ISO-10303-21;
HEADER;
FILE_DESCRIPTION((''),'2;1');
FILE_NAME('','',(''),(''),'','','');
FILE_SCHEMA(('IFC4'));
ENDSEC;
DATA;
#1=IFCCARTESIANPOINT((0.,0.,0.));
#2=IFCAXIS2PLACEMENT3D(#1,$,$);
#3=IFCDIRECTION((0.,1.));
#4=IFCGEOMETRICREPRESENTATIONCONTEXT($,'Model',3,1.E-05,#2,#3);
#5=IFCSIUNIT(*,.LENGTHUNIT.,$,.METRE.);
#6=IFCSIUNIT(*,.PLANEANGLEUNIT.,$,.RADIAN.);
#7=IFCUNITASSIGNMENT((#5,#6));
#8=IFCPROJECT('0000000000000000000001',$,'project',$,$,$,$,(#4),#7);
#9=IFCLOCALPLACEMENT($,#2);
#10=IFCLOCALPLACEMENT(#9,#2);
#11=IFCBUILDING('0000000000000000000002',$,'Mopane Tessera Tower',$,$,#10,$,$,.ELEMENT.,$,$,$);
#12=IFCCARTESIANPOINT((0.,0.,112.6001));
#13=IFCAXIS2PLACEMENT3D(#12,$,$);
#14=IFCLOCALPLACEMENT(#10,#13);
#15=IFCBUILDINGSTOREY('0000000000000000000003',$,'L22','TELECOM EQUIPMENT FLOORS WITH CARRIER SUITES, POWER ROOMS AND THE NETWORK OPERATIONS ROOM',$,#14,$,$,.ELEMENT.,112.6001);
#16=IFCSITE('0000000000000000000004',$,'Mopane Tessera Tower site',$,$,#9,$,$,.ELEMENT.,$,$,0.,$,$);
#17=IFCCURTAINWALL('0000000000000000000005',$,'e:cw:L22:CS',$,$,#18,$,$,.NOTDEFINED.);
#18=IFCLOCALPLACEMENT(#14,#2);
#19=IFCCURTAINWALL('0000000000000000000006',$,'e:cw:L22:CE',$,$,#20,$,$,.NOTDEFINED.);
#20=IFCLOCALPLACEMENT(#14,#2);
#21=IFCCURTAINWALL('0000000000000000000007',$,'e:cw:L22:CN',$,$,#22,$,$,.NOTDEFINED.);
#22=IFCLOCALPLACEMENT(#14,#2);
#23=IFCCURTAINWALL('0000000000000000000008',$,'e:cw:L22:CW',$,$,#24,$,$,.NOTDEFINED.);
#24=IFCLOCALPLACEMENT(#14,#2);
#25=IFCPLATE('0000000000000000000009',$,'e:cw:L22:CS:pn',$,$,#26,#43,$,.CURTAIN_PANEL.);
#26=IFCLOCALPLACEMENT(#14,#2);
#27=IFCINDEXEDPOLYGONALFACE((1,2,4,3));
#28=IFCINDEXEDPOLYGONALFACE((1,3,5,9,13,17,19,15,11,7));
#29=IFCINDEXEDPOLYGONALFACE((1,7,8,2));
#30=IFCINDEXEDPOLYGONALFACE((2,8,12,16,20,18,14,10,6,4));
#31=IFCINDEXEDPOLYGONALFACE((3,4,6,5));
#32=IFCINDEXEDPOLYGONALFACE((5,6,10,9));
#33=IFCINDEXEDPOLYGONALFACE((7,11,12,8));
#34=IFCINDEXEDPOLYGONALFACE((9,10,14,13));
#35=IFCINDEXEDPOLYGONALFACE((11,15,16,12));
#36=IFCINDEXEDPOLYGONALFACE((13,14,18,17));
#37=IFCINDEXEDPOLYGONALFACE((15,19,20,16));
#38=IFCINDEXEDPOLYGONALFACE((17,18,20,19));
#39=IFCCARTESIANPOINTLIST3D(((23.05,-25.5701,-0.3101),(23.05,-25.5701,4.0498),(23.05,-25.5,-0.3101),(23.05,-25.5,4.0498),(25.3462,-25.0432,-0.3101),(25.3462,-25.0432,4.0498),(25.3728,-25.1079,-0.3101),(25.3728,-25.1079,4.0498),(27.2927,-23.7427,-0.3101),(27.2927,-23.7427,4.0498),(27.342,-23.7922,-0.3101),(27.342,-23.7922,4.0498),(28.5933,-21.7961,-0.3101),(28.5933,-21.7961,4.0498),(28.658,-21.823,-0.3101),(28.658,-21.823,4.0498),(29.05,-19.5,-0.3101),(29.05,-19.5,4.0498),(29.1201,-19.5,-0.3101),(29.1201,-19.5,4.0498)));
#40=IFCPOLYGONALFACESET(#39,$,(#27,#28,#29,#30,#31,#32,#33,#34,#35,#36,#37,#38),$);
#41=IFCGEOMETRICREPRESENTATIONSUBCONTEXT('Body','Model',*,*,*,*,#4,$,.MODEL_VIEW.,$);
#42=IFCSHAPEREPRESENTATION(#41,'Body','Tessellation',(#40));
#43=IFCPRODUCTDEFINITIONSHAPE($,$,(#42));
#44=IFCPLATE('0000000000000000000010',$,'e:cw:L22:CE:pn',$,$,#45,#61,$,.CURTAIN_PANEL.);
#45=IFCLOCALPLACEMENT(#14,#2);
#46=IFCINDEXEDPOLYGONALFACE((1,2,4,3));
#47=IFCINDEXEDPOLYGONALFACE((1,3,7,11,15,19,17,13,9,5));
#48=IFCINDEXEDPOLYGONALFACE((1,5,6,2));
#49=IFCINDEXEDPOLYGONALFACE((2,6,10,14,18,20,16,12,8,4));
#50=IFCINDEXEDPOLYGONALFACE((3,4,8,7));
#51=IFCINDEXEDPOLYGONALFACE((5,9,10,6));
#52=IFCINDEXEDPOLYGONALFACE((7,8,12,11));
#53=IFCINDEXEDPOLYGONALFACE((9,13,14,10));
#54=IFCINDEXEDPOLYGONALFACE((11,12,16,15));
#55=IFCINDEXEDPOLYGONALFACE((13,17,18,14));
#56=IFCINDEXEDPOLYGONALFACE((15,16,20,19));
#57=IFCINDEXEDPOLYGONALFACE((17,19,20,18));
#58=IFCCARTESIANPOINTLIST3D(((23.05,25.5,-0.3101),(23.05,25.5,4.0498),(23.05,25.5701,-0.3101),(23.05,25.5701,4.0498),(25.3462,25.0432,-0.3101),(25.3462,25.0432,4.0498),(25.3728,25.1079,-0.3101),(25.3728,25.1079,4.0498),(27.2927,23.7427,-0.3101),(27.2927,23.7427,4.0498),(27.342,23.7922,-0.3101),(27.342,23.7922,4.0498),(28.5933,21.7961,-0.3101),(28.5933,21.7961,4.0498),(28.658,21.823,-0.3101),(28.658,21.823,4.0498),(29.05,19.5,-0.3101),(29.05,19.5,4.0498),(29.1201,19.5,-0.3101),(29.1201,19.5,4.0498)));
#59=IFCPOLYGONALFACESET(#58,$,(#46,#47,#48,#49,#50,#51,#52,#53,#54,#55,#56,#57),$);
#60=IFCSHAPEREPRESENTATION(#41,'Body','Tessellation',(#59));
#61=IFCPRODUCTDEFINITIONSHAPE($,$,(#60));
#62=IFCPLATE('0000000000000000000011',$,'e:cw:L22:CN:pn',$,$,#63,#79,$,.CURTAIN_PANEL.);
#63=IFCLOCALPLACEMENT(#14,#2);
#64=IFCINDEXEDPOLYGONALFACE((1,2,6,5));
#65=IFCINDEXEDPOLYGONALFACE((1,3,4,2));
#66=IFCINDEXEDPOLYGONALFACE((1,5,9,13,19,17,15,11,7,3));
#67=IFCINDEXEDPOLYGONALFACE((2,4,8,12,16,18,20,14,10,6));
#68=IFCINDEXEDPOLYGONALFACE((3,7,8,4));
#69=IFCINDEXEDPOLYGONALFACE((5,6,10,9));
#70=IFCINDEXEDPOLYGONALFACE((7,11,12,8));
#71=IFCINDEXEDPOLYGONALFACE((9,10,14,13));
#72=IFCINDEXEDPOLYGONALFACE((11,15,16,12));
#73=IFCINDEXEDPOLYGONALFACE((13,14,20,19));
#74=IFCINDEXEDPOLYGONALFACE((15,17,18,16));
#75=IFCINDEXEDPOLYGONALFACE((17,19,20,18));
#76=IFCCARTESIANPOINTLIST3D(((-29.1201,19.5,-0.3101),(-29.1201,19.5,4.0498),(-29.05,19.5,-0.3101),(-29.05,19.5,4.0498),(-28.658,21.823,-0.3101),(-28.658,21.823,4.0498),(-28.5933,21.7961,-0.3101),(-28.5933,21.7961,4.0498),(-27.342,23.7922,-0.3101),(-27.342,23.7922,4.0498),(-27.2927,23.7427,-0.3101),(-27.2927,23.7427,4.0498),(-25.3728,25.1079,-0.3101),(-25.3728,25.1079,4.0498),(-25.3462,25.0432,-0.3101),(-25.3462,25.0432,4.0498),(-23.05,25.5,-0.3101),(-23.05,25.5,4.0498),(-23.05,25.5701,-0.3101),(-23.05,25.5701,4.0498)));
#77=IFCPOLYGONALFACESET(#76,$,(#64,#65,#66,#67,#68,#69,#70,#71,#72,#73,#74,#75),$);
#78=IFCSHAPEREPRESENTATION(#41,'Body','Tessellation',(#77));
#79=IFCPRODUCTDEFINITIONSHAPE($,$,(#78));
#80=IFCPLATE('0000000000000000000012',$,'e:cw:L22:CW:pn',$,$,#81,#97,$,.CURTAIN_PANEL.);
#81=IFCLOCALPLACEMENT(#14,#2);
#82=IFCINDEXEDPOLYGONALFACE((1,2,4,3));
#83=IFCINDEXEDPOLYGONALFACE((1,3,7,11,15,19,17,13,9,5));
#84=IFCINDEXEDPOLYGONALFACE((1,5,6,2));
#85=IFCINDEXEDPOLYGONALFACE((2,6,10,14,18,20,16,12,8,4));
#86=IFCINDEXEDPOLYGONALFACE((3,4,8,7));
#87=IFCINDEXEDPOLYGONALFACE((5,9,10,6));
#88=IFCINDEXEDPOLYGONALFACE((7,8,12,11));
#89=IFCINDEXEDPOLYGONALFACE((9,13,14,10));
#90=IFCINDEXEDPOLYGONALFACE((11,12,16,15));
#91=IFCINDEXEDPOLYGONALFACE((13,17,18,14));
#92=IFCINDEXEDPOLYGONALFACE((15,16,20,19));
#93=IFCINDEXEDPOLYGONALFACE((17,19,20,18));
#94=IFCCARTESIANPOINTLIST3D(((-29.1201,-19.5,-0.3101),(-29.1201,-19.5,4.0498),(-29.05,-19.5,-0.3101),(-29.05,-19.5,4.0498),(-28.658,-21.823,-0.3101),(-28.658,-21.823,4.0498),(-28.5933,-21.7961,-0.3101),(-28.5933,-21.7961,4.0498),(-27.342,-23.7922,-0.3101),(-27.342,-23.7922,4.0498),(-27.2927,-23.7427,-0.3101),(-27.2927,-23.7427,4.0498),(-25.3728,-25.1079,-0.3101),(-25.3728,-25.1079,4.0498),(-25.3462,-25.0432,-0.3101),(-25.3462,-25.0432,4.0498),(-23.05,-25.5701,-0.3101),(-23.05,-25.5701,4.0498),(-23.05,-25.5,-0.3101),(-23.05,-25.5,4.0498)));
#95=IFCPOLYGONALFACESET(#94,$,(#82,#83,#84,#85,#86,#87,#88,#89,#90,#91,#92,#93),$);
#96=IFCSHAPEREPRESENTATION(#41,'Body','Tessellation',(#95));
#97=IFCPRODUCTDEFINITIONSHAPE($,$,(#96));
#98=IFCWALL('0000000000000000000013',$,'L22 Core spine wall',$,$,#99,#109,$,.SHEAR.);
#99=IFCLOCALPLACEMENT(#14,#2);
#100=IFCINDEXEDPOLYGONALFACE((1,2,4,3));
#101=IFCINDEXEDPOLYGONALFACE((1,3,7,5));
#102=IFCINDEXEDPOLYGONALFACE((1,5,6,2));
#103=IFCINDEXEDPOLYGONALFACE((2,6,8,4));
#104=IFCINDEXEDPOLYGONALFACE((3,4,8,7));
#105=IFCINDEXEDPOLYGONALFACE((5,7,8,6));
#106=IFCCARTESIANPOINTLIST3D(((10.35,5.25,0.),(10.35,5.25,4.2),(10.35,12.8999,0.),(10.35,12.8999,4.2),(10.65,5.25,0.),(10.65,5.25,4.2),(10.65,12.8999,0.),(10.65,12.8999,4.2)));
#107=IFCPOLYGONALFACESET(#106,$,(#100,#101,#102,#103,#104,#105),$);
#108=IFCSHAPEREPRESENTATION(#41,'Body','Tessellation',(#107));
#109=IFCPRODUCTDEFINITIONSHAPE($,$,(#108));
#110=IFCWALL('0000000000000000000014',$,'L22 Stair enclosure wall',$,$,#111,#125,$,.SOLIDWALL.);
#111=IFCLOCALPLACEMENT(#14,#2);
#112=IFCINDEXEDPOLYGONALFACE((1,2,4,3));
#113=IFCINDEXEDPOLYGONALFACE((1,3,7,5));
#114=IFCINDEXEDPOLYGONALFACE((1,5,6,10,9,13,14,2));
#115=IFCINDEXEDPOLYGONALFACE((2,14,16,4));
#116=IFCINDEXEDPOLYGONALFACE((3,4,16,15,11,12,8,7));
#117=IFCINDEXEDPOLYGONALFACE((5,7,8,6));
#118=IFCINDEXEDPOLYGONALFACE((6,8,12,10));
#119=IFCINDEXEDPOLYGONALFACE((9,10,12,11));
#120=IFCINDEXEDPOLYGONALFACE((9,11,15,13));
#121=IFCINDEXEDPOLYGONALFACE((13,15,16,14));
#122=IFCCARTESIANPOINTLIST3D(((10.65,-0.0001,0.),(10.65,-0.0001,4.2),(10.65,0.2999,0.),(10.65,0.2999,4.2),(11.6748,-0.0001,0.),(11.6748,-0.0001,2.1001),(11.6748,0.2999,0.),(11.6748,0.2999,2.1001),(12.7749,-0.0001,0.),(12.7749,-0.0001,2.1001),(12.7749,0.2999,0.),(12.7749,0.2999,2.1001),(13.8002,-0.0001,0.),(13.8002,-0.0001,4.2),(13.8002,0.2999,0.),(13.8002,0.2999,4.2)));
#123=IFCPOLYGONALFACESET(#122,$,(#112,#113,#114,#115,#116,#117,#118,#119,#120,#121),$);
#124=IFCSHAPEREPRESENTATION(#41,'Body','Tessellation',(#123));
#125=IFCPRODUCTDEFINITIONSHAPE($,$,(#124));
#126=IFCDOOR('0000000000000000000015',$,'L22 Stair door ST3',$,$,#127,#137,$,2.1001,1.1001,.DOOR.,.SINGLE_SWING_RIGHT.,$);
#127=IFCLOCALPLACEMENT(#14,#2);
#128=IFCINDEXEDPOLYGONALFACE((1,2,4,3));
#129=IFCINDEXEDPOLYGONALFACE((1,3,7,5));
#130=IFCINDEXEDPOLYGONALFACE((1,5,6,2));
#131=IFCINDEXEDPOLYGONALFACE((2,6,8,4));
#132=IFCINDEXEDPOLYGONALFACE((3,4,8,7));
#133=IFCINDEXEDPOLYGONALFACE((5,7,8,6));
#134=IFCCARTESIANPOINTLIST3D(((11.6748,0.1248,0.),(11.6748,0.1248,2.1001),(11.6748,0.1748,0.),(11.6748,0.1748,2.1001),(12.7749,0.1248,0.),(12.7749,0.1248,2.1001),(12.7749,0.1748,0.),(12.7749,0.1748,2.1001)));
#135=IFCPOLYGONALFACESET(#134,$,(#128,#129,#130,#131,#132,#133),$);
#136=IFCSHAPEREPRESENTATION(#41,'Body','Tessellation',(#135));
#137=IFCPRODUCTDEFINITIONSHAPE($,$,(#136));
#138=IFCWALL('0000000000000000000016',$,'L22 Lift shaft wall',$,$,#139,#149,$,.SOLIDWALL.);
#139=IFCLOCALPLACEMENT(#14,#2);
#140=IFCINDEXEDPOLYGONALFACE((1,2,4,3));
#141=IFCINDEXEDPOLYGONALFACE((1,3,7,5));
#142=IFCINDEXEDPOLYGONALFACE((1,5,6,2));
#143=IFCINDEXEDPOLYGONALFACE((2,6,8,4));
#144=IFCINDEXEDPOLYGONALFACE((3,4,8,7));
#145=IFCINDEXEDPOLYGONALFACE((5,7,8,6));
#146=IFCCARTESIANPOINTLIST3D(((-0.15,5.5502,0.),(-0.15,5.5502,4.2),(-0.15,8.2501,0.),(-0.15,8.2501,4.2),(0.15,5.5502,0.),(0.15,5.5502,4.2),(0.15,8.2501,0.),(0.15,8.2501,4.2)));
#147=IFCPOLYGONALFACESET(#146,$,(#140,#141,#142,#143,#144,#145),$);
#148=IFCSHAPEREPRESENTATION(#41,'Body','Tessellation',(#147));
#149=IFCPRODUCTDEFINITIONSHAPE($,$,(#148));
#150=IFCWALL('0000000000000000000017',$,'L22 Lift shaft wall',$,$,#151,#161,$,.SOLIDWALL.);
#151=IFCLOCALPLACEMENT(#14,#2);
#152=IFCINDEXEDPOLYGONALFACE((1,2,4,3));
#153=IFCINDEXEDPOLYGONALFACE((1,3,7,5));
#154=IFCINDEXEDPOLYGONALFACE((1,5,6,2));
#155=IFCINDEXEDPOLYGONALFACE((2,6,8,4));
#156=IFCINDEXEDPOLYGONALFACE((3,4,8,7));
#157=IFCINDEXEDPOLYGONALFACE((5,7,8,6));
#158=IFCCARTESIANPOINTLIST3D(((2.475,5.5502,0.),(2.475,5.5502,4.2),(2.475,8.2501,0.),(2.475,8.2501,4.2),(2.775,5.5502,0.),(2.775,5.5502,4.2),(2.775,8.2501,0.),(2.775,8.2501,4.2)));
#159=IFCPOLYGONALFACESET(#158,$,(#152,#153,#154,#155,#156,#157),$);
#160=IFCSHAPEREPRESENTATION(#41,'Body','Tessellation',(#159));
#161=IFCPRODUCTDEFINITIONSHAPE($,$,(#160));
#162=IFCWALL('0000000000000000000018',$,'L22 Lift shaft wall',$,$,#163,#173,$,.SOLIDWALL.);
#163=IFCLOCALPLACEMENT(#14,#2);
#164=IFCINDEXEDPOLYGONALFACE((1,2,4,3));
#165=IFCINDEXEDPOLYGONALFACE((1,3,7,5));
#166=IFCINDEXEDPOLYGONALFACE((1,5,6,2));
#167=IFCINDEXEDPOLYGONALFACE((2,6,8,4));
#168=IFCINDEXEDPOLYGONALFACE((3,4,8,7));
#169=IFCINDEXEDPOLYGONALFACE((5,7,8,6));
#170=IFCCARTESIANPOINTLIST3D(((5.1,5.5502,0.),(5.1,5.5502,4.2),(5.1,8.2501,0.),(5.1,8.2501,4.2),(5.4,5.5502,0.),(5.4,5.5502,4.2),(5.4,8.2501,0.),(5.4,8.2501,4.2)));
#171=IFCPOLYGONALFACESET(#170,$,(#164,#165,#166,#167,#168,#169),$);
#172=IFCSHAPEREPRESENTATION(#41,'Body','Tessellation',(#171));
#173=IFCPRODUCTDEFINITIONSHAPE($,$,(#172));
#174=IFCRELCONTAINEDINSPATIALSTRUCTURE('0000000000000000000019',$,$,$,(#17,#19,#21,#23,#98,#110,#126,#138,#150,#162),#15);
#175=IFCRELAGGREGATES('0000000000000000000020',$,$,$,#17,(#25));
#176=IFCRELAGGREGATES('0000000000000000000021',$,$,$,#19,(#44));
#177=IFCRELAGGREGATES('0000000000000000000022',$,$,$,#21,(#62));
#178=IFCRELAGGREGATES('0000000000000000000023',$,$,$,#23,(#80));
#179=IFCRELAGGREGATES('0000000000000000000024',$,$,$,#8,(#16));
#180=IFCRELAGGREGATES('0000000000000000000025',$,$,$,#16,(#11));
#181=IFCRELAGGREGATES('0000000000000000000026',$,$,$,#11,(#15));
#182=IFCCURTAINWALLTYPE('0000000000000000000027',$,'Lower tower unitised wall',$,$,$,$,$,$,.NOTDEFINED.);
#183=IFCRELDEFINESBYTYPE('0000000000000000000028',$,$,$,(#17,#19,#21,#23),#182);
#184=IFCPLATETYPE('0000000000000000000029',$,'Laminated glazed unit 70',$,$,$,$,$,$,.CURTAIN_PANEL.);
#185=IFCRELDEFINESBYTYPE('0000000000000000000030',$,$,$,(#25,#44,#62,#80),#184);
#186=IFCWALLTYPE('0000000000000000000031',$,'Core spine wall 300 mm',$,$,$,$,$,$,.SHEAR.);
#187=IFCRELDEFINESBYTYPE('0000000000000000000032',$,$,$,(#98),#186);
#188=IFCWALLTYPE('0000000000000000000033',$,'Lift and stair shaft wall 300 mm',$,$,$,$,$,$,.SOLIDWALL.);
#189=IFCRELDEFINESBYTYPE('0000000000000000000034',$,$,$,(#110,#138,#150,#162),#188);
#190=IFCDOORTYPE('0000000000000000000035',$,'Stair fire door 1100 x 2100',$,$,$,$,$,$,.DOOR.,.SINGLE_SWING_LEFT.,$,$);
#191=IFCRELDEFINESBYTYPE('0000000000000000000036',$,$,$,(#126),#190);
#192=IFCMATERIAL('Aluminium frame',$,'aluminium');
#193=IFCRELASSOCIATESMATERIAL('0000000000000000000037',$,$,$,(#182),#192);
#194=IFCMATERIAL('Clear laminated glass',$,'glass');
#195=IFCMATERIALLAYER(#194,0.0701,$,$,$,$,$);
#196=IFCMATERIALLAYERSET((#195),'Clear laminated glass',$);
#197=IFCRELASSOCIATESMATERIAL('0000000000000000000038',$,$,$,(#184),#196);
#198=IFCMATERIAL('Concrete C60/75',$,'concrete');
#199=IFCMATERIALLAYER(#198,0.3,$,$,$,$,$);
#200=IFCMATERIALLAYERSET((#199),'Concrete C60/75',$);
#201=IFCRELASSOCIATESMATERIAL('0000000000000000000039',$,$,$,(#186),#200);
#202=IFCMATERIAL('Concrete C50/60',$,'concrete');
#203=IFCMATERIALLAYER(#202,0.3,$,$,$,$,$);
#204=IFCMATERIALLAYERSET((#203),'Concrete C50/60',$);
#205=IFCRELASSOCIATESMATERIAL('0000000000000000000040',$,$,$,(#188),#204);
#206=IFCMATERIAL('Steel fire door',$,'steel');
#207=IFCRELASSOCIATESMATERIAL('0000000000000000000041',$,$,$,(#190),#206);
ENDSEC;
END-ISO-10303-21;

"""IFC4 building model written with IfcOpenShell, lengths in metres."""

from ifc_helpers import new_model, si_unit, direction, frame, frame_2d, origin, place, context, subcontext, project, spatial, polyline, rectangle, outline, extrude, material, layer, layer_set, type_object, element, fill, aggregate, save


model = new_model("IFC4")

# Units and contexts
model_context = context("Model", 3, precision=1e-05, world=origin(), true_north=direction((0.0, 1.0)))
body_context = subcontext(model_context, "Body", "Model", "MODEL_VIEW")
ifc_project = project(units=[si_unit("LENGTHUNIT", "METRE"), si_unit("PLANEANGLEUNIT", "RADIAN")], contexts=[model_context])

# Site, building, storey
site_placement = place(None, origin())
site = spatial("IfcSite", under=ifc_project, at=site_placement, Name="Mopane Tessera Tower site", CompositionType="ELEMENT", RefElevation=0.0)
building_placement = place(site_placement, origin())
building = spatial("IfcBuilding", under=site, at=building_placement, Name="Mopane Tessera Tower", CompositionType="ELEMENT")
storey_placement = place(building_placement, frame((0.0, 0.0, 112.6001)))
storey = spatial("IfcBuildingStorey", under=building, at=storey_placement, Name="L22", Description="TELECOM EQUIPMENT FLOORS WITH CARRIER SUITES, POWER ROOMS AND THE NETWORK OPERATIONS ROOM", CompositionType="ELEMENT", Elevation=112.6001)

# Curtain walls
ifc_material_1 = material(Name="Aluminium frame", Category="aluminium")
curtain_wall_type = type_object("IfcCurtainWallType", Name="Lower tower unitised wall", PredefinedType="NOTDEFINED", material=ifc_material_1)
curtain_wall_1_placement = place(storey_placement, origin())
curtain_wall_1 = element("IfcCurtainWall", 1, at=curtain_wall_1_placement, inside=storey, type_object=curtain_wall_type, Name="e:cw:L22:CS", PredefinedType="NOTDEFINED")
curtain_wall_2_placement = place(storey_placement, origin())
curtain_wall_2 = element("IfcCurtainWall", 2, at=curtain_wall_2_placement, inside=storey, type_object=curtain_wall_type, Name="e:cw:L22:CE", PredefinedType="NOTDEFINED")
curtain_wall_3_placement = place(storey_placement, origin())
curtain_wall_3 = element("IfcCurtainWall", 3, at=curtain_wall_3_placement, inside=storey, type_object=curtain_wall_type, Name="e:cw:L22:CN", PredefinedType="NOTDEFINED")
curtain_wall_4_placement = place(storey_placement, origin())
curtain_wall_4 = element("IfcCurtainWall", 4, at=curtain_wall_4_placement, inside=storey, type_object=curtain_wall_type, Name="e:cw:L22:CW", PredefinedType="NOTDEFINED")

# Plates
ifc_material_2 = material(Name="Clear laminated glass", Category="glass")
ifc_layer_1 = layer(ifc_material_2, 0.0701)
ifc_layer_set_1 = layer_set([ifc_layer_1], Name="Clear laminated glass")
plate_type = type_object("IfcPlateType", Name="Laminated glazed unit 70", PredefinedType="CURTAIN_PANEL", material=ifc_layer_set_1)
plate_1_placement = place(storey_placement, frame((0.0, 0.0, -0.3101)))
plate_1 = element("IfcPlate", 5, at=plate_1_placement, type_object=plate_type, Name="e:cw:L22:CS:pn", PredefinedType="CURTAIN_PANEL", context=body_context, shape_type="SweptSolid", body=[
    extrude(outline(polyline([(23.05, -25.5), (25.3462, -25.0432), (27.2927, -23.7427), (28.5933, -21.7961), (29.05, -19.5), (29.1201, -19.5), (28.658, -21.823), (27.342, -23.7922), (25.3728, -25.1079), (23.05, -25.5701), (23.05, -25.5)])), origin(), (0.0, 0.0, 1.0), 4.3599),
])
aggregate(curtain_wall_1, [plate_1])
plate_2_placement = place(storey_placement, frame((0.0, 0.0, -0.3101)))
plate_2 = element("IfcPlate", 6, at=plate_2_placement, type_object=plate_type, Name="e:cw:L22:CE:pn", PredefinedType="CURTAIN_PANEL", context=body_context, shape_type="SweptSolid", body=[
    extrude(outline(polyline([(29.05, 19.5), (28.5933, 21.7961), (27.2927, 23.7427), (25.3462, 25.0432), (23.05, 25.5), (23.05, 25.5701), (25.3728, 25.1079), (27.342, 23.7922), (28.658, 21.823), (29.1201, 19.5), (29.05, 19.5)])), origin(), (0.0, 0.0, 1.0), 4.3599),
])
aggregate(curtain_wall_2, [plate_2])
plate_3_placement = place(storey_placement, frame((0.0, 0.0, -0.3101)))
plate_3 = element("IfcPlate", 7, at=plate_3_placement, type_object=plate_type, Name="e:cw:L22:CN:pn", PredefinedType="CURTAIN_PANEL", context=body_context, shape_type="SweptSolid", body=[
    extrude(outline(polyline([(-23.05, 25.5), (-25.3462, 25.0432), (-27.2927, 23.7427), (-28.5933, 21.7961), (-29.05, 19.5), (-29.1201, 19.5), (-28.658, 21.823), (-27.342, 23.7922), (-25.3728, 25.1079), (-23.05, 25.5701), (-23.05, 25.5)])), origin(), (0.0, 0.0, 1.0), 4.3599),
])
aggregate(curtain_wall_3, [plate_3])
plate_4_placement = place(storey_placement, frame((0.0, 0.0, -0.3101)))
plate_4 = element("IfcPlate", 8, at=plate_4_placement, type_object=plate_type, Name="e:cw:L22:CW:pn", PredefinedType="CURTAIN_PANEL", context=body_context, shape_type="SweptSolid", body=[
    extrude(outline(polyline([(-29.05, -19.5), (-28.5933, -21.7961), (-27.2927, -23.7427), (-25.3462, -25.0432), (-23.05, -25.5), (-23.05, -25.5701), (-25.3728, -25.1079), (-27.342, -23.7922), (-28.658, -21.823), (-29.1201, -19.5), (-29.05, -19.5)])), origin(), (0.0, 0.0, 1.0), 4.3599),
])
aggregate(curtain_wall_4, [plate_4])

# Wall
ifc_material_3 = material(Name="Concrete C60/75", Category="concrete")
ifc_layer_2 = layer(ifc_material_3, 0.3)
ifc_layer_set_2 = layer_set([ifc_layer_2], Name="Concrete C60/75")
wall_type_1 = type_object("IfcWallType", Name="Core spine wall 300 mm", PredefinedType="SHEAR", material=ifc_layer_set_2)
wall_1_placement = place(storey_placement, frame((10.5, 5.25, 0.0), z_axis=(0.0, 0.0, 1.0), x_axis=(0.0, 1.0, 0.0)))
element("IfcWall", 9, at=wall_1_placement, inside=storey, type_object=wall_type_1, Name="L22 Core spine wall", PredefinedType="SHEAR", context=body_context, shape_type="SweptSolid", body=[
    extrude(rectangle(XDim=7.6499, YDim=0.3, at=frame_2d((3.825, 0.0))), origin(), (0.0, 0.0, 1.0), 4.2),
])

# Wall, opening, door
ifc_material_4 = material(Name="Concrete C50/60", Category="concrete")
ifc_layer_3 = layer(ifc_material_4, 0.3)
ifc_layer_set_3 = layer_set([ifc_layer_3], Name="Concrete C50/60")
wall_type_2 = type_object("IfcWallType", Name="Lift and stair shaft wall 300 mm", PredefinedType="SOLIDWALL", material=ifc_layer_set_3)
wall_2_placement = place(storey_placement, frame((10.6499, 0.1499, 0.0), z_axis=(0.0, 0.0, 1.0), x_axis=(1.0, 0.0, 0.0)))
wall_2 = element("IfcWall", 10, at=wall_2_placement, inside=storey, type_object=wall_type_2, Name="L22 Stair enclosure wall", PredefinedType="SOLIDWALL", context=body_context, shape_type="SweptSolid", body=[
    extrude(rectangle(XDim=3.1501, YDim=0.3, at=frame_2d((1.5752, 0.0))), origin(), (0.0, 0.0, 1.0), 4.2),
])
opening_placement = place(wall_2_placement, frame((1.0249, 0.0, 0.0)))
opening = element("IfcOpeningElement", 11, at=opening_placement, cuts=wall_2, PredefinedType="OPENING", context=body_context, shape_type="SweptSolid", body=[
    extrude(rectangle(XDim=1.1001, YDim=2.1001, at=frame_2d((0.55, 1.05))), frame((0.0, 0.1621, 0.0), z_axis=(0.0, -1.0, 0.0), x_axis=(1.0, 0.0, 0.0)), (0.0, 0.0, 1.0), 0.324),
])
ifc_material_5 = material(Name="Steel fire door", Category="steel")
door_type = type_object("IfcDoorType", Name="Stair fire door 1100 x 2100", OperationType="SINGLE_SWING_LEFT", PredefinedType="DOOR", material=ifc_material_5)
door_placement = place(opening_placement, origin())
door = element("IfcDoor", 12, at=door_placement, inside=storey, type_object=door_type, Name="L22 Stair door ST3", OperationType="SINGLE_SWING_RIGHT", OverallHeight=2.1001, OverallWidth=1.1001, PredefinedType="DOOR", context=body_context, shape_type="SweptSolid", body=[
    extrude(rectangle(XDim=1.1001, YDim=2.1001, at=frame_2d((0.55, 1.05))), frame((0.0, 0.0249, 0.0), z_axis=(0.0, -1.0, 0.0), x_axis=(1.0, 0.0, 0.0)), (0.0, 0.0, 1.0), 0.05),
])
fill(opening, door)

# Walls
for number, where, z_axis, x_axis, name in (
    (13, (0.0, 5.55, 0.0), (0.0, 0.0, 1.0), (0.0, 1.0, 0.0), "L22 Lift shaft wall"),
    (14, (2.625, 5.55, 0.0), (0.0, 0.0, 1.0), (0.0, 1.0, 0.0), "L22 Lift shaft wall"),
    (15, (5.25, 5.55, 0.0), (0.0, 0.0, 1.0), (0.0, 1.0, 0.0), "L22 Lift shaft wall"),
):
    element("IfcWall", number, at=place(storey_placement, frame(where, z_axis=z_axis, x_axis=x_axis)), inside=storey, type_object=wall_type_2, Name=name, PredefinedType="SOLIDWALL", context=body_context, shape_type="SweptSolid", body=[
        extrude(rectangle(XDim=2.7, YDim=0.3, at=frame_2d((1.3501, 0.0))), origin(), (0.0, 0.0, 1.0), 4.2),
    ])

save(model, "model.ifc")
